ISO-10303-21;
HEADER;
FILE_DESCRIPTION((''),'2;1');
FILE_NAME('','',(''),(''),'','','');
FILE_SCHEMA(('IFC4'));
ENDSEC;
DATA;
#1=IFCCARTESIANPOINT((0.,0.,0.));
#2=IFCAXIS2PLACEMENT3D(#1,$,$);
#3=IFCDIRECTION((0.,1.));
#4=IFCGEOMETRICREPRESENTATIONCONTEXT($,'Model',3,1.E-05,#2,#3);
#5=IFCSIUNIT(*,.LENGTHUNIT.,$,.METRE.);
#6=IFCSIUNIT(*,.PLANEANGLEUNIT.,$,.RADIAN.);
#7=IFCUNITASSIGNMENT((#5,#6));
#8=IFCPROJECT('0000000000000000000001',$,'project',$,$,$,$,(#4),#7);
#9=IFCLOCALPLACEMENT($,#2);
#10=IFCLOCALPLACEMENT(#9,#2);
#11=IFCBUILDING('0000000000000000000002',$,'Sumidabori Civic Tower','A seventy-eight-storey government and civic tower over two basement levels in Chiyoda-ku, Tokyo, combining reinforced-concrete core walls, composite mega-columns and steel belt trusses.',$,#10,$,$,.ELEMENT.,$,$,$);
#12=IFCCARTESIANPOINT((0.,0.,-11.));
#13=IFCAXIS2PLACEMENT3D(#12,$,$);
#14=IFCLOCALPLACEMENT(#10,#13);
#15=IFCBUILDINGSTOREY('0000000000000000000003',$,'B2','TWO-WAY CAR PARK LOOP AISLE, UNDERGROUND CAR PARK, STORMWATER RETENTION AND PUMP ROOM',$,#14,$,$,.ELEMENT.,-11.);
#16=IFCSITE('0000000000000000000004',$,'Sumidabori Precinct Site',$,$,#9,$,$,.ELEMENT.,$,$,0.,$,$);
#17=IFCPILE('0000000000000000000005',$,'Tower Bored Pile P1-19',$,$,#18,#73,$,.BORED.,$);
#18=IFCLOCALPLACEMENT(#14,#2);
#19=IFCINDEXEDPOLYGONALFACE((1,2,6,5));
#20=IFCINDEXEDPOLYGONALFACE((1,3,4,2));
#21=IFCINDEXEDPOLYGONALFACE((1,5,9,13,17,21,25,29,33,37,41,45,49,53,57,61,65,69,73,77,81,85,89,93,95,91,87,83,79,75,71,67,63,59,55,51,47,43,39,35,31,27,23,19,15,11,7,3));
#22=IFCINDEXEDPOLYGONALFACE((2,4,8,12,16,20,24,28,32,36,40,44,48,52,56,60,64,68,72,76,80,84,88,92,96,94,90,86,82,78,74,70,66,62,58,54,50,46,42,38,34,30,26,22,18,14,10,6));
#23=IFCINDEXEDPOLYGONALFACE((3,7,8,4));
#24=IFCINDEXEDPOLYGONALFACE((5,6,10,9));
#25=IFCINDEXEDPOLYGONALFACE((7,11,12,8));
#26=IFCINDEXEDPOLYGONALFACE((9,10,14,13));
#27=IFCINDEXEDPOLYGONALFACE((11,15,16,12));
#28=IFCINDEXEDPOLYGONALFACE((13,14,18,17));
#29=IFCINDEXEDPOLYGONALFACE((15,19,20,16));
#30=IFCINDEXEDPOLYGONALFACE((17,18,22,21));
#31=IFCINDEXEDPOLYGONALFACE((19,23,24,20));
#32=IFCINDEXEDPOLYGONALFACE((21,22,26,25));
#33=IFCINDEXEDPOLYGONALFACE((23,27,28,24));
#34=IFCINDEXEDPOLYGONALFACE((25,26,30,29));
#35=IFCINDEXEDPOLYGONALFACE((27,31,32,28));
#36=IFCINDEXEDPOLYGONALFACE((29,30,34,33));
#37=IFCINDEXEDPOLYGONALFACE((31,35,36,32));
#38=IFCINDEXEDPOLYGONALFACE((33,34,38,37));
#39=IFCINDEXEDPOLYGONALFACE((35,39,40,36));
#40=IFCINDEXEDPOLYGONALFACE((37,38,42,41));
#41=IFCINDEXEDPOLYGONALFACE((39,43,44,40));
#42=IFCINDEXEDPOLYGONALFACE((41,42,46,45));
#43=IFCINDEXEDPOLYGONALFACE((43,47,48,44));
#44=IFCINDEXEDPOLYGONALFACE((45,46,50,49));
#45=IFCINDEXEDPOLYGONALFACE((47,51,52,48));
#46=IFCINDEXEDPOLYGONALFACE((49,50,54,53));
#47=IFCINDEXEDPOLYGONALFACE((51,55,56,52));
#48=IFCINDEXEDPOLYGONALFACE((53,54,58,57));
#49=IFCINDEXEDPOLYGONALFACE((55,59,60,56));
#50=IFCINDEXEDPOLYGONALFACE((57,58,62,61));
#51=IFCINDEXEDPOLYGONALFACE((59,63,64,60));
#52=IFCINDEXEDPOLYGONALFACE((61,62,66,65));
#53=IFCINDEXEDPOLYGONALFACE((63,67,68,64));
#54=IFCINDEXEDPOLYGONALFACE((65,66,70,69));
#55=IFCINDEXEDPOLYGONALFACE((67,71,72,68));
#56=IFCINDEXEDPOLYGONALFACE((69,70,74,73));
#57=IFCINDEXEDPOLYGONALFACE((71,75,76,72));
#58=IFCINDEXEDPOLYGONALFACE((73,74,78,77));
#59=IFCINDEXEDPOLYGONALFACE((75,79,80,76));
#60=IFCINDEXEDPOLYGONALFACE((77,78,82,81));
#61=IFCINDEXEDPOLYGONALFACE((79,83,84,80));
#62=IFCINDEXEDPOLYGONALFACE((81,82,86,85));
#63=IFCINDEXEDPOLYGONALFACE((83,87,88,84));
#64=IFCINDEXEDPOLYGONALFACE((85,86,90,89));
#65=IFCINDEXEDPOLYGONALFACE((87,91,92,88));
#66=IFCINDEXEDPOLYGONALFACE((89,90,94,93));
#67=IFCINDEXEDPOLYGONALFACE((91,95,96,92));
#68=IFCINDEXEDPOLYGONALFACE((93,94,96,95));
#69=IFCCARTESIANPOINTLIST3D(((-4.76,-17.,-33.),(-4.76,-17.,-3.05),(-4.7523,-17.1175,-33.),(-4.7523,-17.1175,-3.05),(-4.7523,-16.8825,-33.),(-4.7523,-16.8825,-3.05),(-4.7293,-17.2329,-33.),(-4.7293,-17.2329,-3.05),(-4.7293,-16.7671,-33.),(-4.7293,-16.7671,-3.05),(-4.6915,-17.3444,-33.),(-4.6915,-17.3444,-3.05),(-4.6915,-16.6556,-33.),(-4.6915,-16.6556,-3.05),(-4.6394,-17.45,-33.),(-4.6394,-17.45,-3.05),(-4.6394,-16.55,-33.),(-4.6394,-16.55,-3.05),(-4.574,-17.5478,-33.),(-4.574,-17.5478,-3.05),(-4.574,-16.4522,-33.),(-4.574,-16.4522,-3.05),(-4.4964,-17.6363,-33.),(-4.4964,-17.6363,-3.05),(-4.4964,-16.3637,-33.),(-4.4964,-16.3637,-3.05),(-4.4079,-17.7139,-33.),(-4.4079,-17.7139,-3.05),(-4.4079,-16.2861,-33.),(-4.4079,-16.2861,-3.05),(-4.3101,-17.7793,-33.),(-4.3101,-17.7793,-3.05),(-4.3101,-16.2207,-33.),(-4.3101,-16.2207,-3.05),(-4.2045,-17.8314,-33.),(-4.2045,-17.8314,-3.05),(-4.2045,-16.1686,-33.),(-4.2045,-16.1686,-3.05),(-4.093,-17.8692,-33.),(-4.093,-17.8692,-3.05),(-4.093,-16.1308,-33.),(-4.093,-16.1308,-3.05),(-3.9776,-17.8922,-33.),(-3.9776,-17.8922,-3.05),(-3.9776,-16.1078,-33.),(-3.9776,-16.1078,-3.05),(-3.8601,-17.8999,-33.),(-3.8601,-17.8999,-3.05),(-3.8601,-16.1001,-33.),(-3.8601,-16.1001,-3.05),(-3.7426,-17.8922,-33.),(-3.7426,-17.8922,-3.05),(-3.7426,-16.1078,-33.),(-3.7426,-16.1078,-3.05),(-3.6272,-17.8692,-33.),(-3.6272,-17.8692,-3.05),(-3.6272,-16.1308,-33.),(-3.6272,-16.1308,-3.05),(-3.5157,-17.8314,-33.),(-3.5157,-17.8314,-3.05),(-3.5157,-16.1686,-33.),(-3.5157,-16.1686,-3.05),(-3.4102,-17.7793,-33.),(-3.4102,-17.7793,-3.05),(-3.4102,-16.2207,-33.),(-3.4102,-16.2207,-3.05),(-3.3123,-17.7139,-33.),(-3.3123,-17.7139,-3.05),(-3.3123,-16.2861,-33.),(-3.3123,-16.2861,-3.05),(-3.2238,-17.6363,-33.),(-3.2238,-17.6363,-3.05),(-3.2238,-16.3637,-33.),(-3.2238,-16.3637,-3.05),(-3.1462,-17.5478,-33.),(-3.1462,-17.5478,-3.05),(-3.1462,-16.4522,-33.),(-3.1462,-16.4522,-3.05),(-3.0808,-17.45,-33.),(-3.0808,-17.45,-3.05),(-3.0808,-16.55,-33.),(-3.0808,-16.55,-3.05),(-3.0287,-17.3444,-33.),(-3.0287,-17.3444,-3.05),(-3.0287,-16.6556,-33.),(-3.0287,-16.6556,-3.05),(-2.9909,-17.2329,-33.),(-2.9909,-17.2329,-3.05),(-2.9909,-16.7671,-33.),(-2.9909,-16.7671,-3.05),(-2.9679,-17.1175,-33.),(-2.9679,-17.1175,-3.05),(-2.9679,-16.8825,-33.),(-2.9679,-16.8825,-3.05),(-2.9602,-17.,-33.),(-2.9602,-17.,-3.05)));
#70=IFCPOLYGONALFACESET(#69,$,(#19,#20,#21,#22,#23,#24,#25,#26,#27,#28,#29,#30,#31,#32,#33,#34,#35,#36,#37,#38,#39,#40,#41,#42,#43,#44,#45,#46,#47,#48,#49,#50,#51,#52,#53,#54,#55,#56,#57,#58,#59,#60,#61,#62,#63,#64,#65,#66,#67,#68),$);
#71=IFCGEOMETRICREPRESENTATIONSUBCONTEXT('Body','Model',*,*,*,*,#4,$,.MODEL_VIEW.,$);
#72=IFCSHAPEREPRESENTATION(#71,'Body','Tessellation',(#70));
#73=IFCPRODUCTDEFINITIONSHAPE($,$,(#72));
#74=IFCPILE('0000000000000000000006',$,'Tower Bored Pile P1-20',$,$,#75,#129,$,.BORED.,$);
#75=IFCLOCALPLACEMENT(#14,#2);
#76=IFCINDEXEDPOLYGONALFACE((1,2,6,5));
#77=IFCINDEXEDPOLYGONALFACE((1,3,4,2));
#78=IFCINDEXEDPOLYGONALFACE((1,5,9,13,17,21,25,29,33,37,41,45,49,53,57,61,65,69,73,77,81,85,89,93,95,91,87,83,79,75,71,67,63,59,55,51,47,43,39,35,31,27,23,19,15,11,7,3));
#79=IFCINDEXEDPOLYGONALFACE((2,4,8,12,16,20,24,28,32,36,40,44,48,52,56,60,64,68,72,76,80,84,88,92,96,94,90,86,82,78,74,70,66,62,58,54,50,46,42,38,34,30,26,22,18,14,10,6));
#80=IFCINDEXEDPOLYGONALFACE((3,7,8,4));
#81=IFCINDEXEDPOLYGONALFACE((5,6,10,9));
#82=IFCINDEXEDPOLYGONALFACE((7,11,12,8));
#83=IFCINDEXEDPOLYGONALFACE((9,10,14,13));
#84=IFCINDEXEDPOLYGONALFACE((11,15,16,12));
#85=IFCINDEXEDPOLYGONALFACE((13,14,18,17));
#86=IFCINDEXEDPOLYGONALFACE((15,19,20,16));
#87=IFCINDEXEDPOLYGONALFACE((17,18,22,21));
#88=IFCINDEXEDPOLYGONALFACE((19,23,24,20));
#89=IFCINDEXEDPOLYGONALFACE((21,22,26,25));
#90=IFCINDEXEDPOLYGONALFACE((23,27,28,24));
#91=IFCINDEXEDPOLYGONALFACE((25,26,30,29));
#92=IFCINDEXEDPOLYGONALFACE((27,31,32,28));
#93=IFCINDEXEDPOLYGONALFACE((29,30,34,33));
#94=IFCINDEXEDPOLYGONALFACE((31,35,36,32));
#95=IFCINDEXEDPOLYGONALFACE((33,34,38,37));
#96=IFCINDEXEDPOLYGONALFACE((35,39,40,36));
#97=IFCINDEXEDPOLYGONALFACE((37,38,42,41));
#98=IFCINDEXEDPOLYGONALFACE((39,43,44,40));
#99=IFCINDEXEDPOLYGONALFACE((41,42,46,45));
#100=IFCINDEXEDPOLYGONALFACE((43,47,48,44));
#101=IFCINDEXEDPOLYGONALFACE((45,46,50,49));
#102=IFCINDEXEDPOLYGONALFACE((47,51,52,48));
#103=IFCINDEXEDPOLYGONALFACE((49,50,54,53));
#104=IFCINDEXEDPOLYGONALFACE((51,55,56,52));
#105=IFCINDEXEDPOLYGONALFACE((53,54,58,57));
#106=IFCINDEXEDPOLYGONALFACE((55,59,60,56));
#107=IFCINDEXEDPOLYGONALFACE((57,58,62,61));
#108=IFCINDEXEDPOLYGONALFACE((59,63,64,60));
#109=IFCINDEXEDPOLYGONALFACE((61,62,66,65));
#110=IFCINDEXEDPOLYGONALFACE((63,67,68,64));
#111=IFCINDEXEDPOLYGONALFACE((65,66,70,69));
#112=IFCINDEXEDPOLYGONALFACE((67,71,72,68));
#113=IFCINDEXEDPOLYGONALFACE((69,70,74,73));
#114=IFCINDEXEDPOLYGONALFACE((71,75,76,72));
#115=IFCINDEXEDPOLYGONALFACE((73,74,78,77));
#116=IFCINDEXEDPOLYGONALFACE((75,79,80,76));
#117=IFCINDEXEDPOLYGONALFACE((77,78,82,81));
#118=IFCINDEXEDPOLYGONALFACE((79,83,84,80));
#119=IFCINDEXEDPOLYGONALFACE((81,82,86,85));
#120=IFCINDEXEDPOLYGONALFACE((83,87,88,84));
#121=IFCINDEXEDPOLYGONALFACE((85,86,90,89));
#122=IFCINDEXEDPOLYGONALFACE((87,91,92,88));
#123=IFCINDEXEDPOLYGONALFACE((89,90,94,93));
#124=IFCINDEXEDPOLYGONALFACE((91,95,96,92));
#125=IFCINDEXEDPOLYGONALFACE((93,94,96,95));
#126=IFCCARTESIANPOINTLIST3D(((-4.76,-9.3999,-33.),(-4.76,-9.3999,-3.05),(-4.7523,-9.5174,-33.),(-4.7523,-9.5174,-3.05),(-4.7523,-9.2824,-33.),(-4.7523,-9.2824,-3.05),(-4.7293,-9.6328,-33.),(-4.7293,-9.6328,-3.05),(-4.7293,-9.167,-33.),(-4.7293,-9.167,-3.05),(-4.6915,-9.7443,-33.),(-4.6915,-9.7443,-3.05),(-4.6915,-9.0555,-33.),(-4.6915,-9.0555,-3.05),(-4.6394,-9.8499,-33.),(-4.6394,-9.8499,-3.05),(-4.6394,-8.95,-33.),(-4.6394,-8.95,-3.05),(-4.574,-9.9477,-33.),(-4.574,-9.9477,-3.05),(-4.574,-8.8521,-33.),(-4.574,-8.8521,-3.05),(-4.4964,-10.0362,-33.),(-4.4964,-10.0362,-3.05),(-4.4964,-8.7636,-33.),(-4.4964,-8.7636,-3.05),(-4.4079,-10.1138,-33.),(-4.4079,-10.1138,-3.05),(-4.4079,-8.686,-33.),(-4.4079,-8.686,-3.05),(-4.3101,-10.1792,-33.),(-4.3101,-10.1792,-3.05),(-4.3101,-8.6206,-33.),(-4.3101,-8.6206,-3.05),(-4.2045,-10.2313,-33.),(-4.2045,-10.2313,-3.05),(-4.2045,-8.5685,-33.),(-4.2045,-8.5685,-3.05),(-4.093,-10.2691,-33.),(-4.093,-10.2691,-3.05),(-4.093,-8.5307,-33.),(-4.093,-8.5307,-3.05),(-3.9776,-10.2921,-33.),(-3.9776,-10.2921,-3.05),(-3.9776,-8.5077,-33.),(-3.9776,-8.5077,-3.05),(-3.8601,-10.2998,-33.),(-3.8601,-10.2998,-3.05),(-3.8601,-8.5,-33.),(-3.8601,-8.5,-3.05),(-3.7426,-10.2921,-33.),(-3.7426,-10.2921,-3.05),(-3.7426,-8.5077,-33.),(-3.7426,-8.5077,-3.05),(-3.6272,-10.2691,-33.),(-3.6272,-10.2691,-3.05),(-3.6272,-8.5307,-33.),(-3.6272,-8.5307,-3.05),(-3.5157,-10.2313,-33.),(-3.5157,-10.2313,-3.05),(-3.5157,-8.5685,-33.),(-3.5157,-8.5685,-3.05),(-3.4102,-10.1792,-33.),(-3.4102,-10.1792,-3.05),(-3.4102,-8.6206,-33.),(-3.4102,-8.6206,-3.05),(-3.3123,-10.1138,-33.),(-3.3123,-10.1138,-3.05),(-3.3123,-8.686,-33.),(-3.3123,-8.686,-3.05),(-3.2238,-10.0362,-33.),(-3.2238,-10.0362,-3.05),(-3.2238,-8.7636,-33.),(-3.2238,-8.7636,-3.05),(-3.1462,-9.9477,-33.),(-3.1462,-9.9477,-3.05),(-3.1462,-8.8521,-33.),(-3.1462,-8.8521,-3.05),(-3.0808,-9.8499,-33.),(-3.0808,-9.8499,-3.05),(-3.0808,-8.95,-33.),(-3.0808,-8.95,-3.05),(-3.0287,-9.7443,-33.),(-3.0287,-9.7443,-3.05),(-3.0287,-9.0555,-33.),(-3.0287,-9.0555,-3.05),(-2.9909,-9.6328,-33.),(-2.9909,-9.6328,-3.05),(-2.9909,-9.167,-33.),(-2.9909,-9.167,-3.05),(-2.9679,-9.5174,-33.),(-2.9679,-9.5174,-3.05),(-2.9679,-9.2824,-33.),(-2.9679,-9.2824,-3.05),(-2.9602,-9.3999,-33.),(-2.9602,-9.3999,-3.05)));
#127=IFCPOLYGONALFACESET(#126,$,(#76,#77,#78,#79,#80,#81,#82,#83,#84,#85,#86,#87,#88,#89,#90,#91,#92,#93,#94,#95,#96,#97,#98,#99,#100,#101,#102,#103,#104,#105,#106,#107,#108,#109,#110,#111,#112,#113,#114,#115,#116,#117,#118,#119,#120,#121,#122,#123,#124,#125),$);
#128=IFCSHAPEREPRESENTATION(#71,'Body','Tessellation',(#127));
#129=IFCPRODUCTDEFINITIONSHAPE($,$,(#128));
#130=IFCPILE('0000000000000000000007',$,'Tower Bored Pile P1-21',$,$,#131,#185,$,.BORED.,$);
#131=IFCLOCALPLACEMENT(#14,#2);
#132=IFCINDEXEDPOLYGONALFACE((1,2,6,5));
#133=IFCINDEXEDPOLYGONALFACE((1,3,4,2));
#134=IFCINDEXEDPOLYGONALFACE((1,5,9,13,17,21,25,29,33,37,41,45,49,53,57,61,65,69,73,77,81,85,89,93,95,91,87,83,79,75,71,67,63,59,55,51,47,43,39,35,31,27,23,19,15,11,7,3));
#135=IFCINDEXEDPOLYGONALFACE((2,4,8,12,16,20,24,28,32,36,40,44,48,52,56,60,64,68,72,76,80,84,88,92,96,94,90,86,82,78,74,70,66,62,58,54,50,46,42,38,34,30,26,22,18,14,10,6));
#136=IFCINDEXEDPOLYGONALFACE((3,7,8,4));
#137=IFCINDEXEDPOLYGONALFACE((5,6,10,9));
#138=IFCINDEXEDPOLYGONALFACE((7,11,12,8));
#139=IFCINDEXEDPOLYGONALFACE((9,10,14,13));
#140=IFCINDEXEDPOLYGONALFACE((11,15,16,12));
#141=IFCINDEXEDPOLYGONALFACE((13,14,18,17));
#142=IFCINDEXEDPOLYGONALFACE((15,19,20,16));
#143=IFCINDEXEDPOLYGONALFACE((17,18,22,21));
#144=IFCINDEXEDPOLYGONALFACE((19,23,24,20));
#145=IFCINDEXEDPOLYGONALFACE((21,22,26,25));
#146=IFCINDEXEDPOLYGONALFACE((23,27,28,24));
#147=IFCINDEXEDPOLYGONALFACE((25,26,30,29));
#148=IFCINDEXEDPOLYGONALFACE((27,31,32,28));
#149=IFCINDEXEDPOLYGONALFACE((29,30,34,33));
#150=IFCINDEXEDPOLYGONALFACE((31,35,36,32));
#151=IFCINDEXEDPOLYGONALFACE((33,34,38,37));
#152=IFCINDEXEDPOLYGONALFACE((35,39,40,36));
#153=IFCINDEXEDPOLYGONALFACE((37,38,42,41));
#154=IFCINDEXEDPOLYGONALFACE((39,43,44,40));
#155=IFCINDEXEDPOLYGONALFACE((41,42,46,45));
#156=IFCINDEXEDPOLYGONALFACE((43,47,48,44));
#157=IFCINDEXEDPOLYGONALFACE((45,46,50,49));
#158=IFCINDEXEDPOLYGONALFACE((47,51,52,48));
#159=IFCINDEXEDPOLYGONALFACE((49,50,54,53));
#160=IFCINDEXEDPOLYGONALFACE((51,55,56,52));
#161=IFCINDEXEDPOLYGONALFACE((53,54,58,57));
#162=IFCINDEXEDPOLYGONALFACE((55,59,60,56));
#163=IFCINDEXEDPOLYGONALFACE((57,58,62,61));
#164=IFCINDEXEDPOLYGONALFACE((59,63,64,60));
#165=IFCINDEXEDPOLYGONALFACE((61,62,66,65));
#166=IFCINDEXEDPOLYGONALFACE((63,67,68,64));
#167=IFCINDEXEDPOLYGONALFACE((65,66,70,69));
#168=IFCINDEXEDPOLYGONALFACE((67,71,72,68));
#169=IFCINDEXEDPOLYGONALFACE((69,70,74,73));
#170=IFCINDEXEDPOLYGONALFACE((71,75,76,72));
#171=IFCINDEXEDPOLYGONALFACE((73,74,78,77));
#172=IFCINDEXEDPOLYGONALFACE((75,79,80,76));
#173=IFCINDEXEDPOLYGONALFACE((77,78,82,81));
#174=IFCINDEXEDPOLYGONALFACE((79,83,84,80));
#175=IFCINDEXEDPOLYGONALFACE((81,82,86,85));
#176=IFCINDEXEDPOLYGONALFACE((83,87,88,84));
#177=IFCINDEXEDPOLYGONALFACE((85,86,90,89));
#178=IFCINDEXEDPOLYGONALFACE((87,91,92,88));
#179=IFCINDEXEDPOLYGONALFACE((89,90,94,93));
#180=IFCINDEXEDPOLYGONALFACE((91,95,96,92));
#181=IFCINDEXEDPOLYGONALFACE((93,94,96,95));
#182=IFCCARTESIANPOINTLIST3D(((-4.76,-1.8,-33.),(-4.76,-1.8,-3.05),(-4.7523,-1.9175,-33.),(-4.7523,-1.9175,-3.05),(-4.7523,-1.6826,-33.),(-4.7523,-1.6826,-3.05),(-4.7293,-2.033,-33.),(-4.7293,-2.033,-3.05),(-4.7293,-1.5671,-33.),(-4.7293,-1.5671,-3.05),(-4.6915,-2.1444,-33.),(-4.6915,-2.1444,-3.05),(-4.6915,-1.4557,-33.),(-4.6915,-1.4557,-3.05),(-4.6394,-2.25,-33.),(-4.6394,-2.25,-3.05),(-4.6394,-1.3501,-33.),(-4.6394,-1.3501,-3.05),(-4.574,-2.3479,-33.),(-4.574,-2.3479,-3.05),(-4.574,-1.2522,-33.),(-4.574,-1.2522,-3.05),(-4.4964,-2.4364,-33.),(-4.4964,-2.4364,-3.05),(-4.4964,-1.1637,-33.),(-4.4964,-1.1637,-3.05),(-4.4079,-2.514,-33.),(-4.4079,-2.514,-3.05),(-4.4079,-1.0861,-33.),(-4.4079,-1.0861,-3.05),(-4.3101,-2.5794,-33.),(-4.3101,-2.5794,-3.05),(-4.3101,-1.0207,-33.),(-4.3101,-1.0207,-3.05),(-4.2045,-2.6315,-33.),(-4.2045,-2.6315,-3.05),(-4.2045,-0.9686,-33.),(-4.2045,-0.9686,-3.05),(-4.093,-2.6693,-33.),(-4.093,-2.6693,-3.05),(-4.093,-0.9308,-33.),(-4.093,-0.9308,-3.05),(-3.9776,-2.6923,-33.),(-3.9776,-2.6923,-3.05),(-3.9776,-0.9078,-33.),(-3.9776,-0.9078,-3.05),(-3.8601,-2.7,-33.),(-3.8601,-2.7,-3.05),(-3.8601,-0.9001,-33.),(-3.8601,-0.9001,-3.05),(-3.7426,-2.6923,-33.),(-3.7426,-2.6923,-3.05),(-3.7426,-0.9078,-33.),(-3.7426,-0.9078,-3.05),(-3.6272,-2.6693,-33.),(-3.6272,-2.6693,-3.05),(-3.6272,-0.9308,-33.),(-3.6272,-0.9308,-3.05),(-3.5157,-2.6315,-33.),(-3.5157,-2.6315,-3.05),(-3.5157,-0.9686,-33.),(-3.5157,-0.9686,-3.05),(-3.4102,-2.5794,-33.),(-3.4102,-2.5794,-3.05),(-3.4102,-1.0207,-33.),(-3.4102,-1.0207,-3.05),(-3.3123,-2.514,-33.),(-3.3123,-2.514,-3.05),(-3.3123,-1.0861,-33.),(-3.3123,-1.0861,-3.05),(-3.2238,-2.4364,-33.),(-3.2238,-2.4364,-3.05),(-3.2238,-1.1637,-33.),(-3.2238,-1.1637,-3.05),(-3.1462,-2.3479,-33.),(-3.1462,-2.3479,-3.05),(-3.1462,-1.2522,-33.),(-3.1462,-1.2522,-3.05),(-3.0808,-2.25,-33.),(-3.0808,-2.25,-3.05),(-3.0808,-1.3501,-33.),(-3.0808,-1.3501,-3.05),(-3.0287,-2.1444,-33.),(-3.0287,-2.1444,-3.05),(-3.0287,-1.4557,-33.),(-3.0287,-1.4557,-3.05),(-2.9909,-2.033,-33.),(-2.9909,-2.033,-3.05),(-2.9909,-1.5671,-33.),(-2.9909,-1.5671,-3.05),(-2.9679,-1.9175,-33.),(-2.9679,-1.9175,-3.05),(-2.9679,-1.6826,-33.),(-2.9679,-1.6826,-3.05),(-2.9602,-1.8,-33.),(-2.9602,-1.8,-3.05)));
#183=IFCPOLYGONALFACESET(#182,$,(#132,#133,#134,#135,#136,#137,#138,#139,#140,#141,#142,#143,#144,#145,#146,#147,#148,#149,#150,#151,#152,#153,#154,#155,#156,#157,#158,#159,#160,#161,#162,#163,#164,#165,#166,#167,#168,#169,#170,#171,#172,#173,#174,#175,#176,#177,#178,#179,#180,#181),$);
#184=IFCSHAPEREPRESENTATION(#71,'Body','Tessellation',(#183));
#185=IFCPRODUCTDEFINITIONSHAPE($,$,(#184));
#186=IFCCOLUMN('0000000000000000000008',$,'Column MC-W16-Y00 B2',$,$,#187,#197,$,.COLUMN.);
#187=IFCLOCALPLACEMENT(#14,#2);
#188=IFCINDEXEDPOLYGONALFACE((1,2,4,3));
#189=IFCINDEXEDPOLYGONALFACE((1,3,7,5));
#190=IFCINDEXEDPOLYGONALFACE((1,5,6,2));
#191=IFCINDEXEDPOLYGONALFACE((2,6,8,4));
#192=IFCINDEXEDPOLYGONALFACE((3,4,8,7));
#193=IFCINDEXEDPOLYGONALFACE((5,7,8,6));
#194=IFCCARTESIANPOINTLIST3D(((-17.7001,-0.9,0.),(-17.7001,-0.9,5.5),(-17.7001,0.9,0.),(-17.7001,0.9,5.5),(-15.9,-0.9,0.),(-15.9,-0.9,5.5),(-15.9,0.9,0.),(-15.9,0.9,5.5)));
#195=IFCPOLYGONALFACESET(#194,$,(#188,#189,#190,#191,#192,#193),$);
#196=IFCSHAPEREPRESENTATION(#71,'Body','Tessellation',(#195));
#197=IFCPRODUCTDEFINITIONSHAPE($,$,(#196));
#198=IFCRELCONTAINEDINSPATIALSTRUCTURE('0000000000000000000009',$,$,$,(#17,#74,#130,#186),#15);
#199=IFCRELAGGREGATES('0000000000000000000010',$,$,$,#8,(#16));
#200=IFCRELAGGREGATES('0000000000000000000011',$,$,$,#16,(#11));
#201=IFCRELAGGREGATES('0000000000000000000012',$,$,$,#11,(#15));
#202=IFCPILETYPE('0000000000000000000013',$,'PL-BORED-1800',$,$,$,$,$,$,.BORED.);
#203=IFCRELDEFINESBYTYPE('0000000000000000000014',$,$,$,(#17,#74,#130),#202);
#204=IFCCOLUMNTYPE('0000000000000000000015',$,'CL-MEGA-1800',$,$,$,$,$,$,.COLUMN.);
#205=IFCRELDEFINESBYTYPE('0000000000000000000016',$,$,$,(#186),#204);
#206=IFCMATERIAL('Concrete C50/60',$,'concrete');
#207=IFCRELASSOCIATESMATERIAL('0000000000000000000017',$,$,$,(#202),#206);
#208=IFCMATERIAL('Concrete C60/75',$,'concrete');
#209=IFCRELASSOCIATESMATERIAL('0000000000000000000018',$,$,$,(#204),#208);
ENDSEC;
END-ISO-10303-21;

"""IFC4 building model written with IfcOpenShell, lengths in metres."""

from ifc_helpers import new_model, si_unit, direction, frame, origin, origin_2d, place, context, subcontext, project, spatial, rectangle, circle, extrude, source, transform, mapped, material, material_profile, profile_set, type_object, element, save


model = new_model("IFC4")

# Units and contexts
model_context = context("Model", 3, precision=1e-05, world=origin(), true_north=direction((0.0, 1.0)))
body_context = subcontext(model_context, "Body", "Model", "MODEL_VIEW")
ifc_project = project(units=[si_unit("LENGTHUNIT", "METRE"), si_unit("PLANEANGLEUNIT", "RADIAN")], contexts=[model_context])

# Site, building, storey
site_placement = place(None, origin())
site = spatial("IfcSite", under=ifc_project, at=site_placement, Name="Sumidabori Precinct Site", CompositionType="ELEMENT", RefElevation=0.0)
building_placement = place(site_placement, origin())
building = spatial("IfcBuilding", under=site, at=building_placement, Name="Sumidabori Civic Tower", Description="A seventy-eight-storey government and civic tower over two basement levels in Chiyoda-ku, Tokyo, combining reinforced-concrete core walls, composite mega-columns and steel belt trusses.", CompositionType="ELEMENT")
storey_placement = place(building_placement, frame((0.0, 0.0, -11.0)))
storey = spatial("IfcBuildingStorey", under=building, at=storey_placement, Name="B2", Description="TWO-WAY CAR PARK LOOP AISLE, UNDERGROUND CAR PARK, STORMWATER RETENTION AND PUMP ROOM", CompositionType="ELEMENT", Elevation=-11.0)

# Piles
ifc_material_1 = material(Name="Concrete C50/60", Category="concrete")
ifc_material_profile_1 = material_profile(ifc_material_1, circle(Radius=0.8999, at=origin_2d()), Name="BORED PILE 1800")
ifc_profile_set_1 = profile_set([ifc_material_profile_1], Name="Concrete C50/60")
pile_type = type_object("IfcPileType", Name="PL-BORED-1800", PredefinedType="BORED", material=ifc_profile_set_1)
shared_shape_1 = source(origin(), body_context, "Body", "SweptSolid", [
    extrude(circle(Radius=0.8999, at=origin_2d()), origin(), (0.0, 0.0, 1.0), 29.95),
])
for number, where, z_axis, x_axis, name in (
    (1, (-3.8601, -17.0, -3.05), (0.0, 0.0, -1.0), (1.0, 0.0, 0.0), "Tower Bored Pile P1-19"),
    (2, (-3.8601, -9.3999, -3.05), (0.0, 0.0, -1.0), (1.0, 0.0, 0.0), "Tower Bored Pile P1-20"),
    (3, (-3.8601, -1.8, -3.05), (0.0, 0.0, -1.0), (1.0, 0.0, 0.0), "Tower Bored Pile P1-21"),
):
    element("IfcPile", number, at=place(storey_placement, frame(where, z_axis=z_axis, x_axis=x_axis)), inside=storey, type_object=pile_type, Name=name, PredefinedType="BORED", context=body_context, shape_type="MappedRepresentation", body=[
        mapped(shared_shape_1, transform((0.0, 0.0, 0.0), x_axis=(1.0, 0.0, 0.0), y_axis=(0.0, 1.0, 0.0), z_axis=(0.0, 0.0, 1.0), scale=1.0)),
    ])

# Column
ifc_material_2 = material(Name="Concrete C60/75", Category="concrete")
ifc_material_profile_2 = material_profile(ifc_material_2, rectangle(XDim=1.8, YDim=1.8, at=origin_2d()), Name="RC 1800x1800")
ifc_profile_set_2 = profile_set([ifc_material_profile_2], Name="Concrete C60/75")
column_type_1 = type_object("IfcColumnType", Name="CL-MEGA-1800", PredefinedType="COLUMN", material=ifc_profile_set_2)
shared_shape_2 = source(origin(), body_context, "Body", "SweptSolid", [
    extrude(rectangle(XDim=1.8, YDim=1.8, at=origin_2d()), origin(), (0.0, 0.0, 1.0), 5.5),
])
column_1_placement = place(storey_placement, frame((-16.8, 0.0, 0.0), z_axis=(0.0, 0.0, 1.0), x_axis=(1.0, 0.0, 0.0)))
element("IfcColumn", 4, at=column_1_placement, inside=storey, type_object=column_type_1, Name="Column MC-W16-Y00 B2", PredefinedType="COLUMN", context=body_context, shape_type="MappedRepresentation", body=[
    mapped(shared_shape_2, transform((0.0, 0.0, 0.0), x_axis=(1.0, 0.0, 0.0), y_axis=(0.0, 1.0, 0.0), z_axis=(0.0, 0.0, 1.0), scale=1.0)),
])

save(model, "model.ifc")
